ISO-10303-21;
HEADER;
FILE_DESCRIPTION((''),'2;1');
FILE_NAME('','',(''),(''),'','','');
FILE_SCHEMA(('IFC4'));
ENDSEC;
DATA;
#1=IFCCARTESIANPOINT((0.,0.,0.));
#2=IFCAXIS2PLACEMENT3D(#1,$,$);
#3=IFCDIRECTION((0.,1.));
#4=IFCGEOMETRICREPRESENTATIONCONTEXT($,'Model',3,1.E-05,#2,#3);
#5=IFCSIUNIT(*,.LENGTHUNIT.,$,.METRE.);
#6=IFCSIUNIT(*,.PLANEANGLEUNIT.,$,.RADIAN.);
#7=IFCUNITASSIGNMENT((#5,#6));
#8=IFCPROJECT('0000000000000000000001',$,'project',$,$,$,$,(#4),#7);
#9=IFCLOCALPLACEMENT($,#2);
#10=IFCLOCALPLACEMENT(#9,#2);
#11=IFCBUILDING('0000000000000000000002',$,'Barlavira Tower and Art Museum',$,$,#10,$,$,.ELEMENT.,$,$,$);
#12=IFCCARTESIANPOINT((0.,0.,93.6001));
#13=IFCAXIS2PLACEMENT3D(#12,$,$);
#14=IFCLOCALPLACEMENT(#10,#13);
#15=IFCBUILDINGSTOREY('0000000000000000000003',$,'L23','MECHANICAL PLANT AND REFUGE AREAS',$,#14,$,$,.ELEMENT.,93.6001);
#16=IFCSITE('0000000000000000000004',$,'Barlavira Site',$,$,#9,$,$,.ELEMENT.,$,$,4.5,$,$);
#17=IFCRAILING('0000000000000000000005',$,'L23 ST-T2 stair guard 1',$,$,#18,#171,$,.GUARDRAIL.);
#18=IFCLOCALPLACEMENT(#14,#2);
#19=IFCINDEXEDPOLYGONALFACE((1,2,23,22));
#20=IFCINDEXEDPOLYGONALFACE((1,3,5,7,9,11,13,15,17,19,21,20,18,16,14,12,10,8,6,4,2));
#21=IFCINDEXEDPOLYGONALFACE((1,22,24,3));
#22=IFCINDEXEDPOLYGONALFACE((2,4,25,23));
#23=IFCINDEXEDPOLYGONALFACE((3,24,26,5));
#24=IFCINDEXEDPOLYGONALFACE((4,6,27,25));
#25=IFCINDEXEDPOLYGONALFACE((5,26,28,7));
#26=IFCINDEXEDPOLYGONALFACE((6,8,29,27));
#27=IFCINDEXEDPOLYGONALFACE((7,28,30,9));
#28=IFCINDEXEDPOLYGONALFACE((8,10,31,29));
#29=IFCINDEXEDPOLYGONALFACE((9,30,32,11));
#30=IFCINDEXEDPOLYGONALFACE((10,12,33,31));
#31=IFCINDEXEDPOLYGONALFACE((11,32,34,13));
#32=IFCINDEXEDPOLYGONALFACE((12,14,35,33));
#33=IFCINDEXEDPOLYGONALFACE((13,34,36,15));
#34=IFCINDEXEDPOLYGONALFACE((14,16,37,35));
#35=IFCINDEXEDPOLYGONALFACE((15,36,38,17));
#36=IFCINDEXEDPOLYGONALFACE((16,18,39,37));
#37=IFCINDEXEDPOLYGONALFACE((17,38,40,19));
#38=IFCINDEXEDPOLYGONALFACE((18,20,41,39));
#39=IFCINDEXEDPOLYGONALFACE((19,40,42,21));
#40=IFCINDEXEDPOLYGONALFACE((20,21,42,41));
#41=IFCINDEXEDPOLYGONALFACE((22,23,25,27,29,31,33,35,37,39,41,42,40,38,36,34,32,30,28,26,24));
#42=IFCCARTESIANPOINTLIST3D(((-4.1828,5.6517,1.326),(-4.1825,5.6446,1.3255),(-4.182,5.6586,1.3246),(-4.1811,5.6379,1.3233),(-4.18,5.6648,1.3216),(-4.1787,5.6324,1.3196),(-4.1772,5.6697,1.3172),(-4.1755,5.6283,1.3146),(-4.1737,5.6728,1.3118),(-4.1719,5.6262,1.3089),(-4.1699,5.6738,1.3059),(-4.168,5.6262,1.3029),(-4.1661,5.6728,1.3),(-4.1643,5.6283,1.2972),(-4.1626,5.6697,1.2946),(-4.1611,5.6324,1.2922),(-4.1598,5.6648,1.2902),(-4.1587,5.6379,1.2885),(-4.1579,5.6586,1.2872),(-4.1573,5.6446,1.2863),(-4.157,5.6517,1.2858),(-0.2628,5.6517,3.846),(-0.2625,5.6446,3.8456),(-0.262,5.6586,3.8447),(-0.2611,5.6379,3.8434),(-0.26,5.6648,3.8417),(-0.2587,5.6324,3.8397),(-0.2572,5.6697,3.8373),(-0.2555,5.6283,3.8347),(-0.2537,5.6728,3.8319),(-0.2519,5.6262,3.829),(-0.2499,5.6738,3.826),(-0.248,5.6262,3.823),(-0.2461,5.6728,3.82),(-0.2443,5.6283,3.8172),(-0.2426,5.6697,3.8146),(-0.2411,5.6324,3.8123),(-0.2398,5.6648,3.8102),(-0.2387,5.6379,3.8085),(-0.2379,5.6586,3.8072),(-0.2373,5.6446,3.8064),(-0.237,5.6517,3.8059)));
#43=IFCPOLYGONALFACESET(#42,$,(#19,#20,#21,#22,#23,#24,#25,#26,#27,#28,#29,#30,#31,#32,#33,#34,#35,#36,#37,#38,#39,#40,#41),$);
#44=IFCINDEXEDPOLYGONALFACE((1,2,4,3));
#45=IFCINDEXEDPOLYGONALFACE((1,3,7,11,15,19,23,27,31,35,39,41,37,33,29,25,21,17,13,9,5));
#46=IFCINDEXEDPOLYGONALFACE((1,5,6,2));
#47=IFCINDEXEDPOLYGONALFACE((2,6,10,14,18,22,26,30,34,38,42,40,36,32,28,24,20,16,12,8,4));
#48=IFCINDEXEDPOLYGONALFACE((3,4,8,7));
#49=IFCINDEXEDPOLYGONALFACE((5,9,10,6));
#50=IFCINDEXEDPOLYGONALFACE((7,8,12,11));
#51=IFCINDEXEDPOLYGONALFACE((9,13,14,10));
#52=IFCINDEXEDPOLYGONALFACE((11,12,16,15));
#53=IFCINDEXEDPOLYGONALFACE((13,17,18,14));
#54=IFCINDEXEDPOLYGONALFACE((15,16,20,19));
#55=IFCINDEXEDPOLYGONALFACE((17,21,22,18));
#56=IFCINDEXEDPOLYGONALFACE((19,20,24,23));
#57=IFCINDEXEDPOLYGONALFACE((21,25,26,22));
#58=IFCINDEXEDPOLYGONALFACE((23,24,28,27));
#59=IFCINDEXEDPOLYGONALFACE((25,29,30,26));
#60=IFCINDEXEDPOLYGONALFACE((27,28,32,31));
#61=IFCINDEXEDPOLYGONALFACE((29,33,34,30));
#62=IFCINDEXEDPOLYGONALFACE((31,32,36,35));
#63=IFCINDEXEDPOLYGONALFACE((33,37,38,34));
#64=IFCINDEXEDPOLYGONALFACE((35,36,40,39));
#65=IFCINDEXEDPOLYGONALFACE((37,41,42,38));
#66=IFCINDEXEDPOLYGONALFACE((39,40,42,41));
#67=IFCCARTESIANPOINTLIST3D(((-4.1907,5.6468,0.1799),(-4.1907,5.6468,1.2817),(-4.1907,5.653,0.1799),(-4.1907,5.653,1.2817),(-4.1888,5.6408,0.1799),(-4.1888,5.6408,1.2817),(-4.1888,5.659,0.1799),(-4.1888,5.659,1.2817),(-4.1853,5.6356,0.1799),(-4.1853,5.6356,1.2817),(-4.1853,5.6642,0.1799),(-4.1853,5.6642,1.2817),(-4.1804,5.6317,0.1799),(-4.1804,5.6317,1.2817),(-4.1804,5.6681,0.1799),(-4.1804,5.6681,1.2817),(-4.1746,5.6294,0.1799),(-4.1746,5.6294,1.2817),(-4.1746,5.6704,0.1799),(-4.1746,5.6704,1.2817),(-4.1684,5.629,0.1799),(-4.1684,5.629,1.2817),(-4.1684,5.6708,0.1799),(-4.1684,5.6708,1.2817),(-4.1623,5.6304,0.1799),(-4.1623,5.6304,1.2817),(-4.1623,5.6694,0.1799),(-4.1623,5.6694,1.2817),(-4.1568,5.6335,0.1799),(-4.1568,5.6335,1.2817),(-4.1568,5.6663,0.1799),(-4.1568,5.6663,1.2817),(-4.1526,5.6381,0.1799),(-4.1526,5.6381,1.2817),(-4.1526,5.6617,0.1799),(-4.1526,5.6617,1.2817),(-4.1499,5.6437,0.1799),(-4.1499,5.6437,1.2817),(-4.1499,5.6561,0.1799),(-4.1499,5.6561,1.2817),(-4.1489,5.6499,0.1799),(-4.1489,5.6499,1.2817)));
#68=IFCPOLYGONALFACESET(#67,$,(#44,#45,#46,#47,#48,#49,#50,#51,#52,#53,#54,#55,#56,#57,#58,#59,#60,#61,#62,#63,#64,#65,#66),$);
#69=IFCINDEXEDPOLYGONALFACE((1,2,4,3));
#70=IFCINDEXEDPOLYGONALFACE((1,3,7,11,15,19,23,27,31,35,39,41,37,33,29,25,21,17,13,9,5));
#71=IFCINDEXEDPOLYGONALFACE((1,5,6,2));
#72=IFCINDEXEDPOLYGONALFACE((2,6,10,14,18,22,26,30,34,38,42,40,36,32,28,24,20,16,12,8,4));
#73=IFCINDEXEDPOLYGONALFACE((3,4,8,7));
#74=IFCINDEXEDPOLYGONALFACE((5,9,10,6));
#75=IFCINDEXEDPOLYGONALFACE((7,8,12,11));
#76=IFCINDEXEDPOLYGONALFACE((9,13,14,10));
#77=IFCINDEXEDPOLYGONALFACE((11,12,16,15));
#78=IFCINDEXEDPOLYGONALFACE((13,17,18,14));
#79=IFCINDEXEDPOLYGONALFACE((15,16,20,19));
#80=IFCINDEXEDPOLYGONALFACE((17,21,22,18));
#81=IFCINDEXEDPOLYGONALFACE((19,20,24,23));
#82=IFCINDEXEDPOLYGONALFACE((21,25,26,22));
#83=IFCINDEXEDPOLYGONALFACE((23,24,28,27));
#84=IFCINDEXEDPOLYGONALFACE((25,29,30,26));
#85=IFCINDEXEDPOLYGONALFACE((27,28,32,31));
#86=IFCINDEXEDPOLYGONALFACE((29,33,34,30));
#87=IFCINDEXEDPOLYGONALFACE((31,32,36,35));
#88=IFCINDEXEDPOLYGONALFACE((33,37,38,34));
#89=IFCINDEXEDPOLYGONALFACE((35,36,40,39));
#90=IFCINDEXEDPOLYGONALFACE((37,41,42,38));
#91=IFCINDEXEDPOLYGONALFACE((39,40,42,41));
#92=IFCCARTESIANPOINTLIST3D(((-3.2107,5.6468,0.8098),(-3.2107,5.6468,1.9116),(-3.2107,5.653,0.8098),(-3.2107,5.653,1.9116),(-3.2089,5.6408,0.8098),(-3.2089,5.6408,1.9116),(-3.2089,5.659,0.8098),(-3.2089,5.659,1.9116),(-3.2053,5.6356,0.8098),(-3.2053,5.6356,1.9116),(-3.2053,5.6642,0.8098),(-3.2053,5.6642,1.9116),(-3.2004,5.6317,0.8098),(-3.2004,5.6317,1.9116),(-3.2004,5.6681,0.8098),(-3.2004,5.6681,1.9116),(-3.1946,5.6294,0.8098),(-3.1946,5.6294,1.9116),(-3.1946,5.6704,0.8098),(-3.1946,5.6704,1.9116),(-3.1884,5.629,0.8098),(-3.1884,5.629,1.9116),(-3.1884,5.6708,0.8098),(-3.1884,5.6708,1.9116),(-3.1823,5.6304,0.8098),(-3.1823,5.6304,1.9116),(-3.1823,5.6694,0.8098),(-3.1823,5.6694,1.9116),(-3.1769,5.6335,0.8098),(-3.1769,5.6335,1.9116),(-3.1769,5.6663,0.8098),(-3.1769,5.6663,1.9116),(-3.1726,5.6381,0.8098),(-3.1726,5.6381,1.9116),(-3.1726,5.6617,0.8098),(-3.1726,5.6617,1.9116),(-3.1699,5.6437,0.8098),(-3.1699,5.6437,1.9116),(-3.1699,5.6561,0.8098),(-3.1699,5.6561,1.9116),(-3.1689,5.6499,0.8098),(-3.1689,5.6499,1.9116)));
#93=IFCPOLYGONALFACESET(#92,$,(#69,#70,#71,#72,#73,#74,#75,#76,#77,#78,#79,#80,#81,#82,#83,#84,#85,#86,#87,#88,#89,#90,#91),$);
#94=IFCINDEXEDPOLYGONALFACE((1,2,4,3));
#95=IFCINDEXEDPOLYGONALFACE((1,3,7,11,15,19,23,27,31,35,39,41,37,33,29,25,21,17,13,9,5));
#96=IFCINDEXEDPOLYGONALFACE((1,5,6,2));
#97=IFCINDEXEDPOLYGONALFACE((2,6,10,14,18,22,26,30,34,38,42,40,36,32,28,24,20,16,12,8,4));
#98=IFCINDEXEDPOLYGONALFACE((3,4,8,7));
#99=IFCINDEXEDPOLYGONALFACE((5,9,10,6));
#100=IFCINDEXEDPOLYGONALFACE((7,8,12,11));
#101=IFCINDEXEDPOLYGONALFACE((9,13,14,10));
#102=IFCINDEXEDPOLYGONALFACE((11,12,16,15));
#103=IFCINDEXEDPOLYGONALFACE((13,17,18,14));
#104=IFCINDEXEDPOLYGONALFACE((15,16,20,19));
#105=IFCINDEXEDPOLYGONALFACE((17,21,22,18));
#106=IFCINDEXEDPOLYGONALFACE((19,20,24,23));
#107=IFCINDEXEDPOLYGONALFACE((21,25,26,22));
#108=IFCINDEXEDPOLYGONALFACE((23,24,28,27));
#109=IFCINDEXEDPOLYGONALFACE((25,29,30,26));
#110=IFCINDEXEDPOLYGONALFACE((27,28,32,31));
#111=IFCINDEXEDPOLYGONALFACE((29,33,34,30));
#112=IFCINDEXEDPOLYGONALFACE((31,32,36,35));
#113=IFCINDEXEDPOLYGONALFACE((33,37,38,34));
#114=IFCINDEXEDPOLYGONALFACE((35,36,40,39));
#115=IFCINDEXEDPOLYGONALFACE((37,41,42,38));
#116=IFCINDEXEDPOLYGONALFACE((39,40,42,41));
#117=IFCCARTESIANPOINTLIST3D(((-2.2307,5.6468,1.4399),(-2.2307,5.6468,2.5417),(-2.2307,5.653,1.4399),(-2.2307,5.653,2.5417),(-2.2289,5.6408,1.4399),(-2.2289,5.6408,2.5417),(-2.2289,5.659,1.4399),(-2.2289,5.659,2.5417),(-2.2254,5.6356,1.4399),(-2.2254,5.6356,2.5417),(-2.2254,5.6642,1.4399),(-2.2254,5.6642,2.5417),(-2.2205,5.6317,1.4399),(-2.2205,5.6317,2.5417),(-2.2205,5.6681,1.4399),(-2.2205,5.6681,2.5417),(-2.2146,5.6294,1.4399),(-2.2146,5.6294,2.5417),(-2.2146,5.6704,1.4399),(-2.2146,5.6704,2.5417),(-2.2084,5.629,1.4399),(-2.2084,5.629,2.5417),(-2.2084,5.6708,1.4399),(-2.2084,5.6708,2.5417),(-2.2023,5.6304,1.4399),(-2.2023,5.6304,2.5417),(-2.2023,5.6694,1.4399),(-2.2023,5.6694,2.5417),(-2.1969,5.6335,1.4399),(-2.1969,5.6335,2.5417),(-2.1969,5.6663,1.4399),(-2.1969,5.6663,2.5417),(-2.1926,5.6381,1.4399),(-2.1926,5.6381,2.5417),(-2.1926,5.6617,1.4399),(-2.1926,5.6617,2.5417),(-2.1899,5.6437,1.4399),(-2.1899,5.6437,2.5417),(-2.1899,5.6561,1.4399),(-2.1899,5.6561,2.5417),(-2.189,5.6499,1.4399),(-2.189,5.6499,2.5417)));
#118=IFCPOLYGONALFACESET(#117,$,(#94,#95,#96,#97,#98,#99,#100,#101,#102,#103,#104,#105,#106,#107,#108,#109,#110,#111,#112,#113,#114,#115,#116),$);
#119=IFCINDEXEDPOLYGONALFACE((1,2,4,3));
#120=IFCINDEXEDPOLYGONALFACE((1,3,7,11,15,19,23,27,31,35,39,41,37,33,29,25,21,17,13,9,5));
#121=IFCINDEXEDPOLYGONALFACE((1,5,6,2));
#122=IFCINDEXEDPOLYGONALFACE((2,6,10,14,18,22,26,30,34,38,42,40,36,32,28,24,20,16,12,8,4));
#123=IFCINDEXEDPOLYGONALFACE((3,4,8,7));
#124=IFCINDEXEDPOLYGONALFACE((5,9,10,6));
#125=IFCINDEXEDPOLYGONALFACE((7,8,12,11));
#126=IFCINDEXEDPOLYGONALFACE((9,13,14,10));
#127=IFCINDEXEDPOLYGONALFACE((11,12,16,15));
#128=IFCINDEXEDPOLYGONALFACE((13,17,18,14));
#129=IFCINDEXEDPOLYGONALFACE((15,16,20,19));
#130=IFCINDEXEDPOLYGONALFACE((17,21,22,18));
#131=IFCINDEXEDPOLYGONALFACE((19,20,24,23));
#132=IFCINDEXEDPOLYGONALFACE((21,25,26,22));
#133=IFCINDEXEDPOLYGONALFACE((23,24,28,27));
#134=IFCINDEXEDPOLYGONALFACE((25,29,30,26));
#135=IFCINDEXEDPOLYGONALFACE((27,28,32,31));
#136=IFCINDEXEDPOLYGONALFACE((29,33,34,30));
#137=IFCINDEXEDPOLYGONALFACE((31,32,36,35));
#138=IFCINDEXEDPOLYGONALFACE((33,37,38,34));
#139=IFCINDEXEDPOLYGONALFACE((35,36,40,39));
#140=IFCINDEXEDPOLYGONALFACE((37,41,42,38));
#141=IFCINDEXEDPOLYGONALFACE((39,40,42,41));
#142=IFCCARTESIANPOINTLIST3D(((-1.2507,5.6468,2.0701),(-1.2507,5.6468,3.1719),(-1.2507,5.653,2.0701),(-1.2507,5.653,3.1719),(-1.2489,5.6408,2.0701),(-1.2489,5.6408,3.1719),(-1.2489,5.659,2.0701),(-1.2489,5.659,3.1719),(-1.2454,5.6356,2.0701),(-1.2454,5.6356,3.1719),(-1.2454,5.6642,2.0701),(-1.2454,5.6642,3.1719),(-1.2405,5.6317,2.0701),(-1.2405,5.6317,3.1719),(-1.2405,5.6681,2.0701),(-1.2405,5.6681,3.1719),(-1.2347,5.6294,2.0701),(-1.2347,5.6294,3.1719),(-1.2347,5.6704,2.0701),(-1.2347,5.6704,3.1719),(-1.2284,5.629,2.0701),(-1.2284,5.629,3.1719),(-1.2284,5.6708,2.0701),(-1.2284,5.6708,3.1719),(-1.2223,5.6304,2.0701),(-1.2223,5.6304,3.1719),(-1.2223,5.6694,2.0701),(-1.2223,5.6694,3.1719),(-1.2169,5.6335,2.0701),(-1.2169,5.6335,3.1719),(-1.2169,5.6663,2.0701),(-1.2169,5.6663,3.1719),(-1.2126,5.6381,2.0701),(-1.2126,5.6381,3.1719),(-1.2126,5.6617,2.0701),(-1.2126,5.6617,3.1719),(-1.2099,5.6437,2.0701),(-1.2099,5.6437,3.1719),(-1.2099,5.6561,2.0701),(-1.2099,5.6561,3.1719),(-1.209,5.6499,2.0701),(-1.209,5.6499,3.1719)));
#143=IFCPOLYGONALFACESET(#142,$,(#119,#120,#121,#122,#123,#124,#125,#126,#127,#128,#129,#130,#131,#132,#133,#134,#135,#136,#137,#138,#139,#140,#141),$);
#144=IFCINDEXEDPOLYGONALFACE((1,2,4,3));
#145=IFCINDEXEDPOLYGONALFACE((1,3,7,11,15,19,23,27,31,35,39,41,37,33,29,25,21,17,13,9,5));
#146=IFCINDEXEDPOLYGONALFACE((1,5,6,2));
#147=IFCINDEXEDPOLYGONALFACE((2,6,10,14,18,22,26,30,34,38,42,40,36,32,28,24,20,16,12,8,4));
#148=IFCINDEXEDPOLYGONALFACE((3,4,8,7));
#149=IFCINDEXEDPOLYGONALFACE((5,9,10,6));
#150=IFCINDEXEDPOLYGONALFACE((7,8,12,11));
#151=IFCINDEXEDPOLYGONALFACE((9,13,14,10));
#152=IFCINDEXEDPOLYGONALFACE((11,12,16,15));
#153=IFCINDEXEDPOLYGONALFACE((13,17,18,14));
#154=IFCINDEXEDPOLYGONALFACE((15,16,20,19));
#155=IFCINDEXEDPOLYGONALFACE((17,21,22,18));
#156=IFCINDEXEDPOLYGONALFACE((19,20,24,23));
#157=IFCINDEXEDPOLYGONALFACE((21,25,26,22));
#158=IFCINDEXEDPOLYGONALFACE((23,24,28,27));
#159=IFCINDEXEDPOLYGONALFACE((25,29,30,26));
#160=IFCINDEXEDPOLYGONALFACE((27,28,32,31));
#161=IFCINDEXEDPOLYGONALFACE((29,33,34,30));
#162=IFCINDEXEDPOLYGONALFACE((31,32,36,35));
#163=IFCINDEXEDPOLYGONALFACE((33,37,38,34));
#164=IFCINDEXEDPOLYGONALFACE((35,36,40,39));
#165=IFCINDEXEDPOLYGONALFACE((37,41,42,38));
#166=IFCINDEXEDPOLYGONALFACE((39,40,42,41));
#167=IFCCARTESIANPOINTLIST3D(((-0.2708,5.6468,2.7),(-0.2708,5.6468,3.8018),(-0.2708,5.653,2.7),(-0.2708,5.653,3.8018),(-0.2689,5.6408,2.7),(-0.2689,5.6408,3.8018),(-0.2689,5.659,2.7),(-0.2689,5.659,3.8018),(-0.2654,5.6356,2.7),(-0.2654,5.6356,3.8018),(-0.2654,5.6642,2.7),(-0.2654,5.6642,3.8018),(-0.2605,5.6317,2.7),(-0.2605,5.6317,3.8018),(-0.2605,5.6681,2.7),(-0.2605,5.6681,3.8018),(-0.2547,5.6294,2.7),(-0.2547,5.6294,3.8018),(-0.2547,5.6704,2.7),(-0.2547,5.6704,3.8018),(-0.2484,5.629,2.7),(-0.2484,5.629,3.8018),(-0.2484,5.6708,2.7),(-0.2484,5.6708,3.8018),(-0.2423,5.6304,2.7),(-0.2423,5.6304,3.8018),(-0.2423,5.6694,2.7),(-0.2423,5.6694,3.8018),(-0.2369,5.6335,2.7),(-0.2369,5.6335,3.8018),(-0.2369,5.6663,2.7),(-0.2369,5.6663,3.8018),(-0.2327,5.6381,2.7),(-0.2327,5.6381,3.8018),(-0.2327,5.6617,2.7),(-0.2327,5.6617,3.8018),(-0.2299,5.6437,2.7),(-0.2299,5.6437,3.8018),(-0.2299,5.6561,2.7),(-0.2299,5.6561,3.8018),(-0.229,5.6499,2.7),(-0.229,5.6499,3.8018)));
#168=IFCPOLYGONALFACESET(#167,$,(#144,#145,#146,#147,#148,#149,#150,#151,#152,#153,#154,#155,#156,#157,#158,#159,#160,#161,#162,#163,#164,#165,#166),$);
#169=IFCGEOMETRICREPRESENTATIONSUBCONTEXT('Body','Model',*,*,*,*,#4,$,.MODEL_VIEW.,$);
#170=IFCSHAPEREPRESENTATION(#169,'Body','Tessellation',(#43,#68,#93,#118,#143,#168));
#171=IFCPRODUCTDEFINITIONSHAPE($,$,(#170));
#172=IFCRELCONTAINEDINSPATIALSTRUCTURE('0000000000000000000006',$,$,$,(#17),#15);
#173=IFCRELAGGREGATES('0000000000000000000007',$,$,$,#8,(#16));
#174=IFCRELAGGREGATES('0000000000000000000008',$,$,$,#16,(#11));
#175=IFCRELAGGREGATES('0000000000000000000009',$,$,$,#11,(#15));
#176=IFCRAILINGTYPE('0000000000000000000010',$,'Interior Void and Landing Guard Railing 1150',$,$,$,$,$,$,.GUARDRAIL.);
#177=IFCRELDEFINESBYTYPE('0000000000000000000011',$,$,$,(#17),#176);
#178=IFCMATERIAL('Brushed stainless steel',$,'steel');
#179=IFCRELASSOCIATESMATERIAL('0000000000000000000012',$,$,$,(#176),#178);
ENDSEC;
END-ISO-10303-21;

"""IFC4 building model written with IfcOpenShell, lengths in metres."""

from ifc_helpers import new_model, si_unit, direction, frame, origin, origin_2d, place, context, subcontext, project, spatial, circle, extrude, material, type_object, element, save


model = new_model("IFC4")

# Units and contexts
model_context = context("Model", 3, precision=1e-05, world=origin(), true_north=direction((0.0, 1.0)))
body_context = subcontext(model_context, "Body", "Model", "MODEL_VIEW")
ifc_project = project(units=[si_unit("LENGTHUNIT", "METRE"), si_unit("PLANEANGLEUNIT", "RADIAN")], contexts=[model_context])

# Site, building, storey
site_placement = place(None, origin())
site = spatial("IfcSite", under=ifc_project, at=site_placement, Name="Barlavira Site", CompositionType="ELEMENT", RefElevation=4.5)
building_placement = place(site_placement, origin())
building = spatial("IfcBuilding", under=site, at=building_placement, Name="Barlavira Tower and Art Museum", CompositionType="ELEMENT")
storey_placement = place(building_placement, frame((0.0, 0.0, 93.6001)))
storey = spatial("IfcBuildingStorey", under=building, at=storey_placement, Name="L23", Description="MECHANICAL PLANT AND REFUGE AREAS", CompositionType="ELEMENT", Elevation=93.6001)

# Shared definitions
ifc_material_1 = material(Name="Brushed stainless steel", Category="steel")

# Railing
railing_type_1 = type_object("IfcRailingType", Name="Interior Void and Landing Guard Railing 1150", PredefinedType="GUARDRAIL", material=ifc_material_1)
railing_1_placement = place(storey_placement, frame((-4.1699, 5.6499, 0.1799)))
element("IfcRailing", 1, at=railing_1_placement, inside=storey, type_object=railing_type_1, Name="L23 ST-T2 stair guard 1", PredefinedType="GUARDRAIL", context=body_context, shape_type="SweptSolid", body=[
    extrude(circle(Radius=0.0239, at=origin_2d()), frame((0.0, 0.0, 1.126), z_axis=(0.841172, 0.0, 0.540768), x_axis=(0.0, 1.0, 0.0)), (0.0, 0.0, 1.0), 4.6602),
    extrude(circle(Radius=0.021, at=origin_2d()), origin(), (0.0, 0.0, 1.0), 1.1018),
    extrude(circle(Radius=0.021, at=origin_2d()), frame((0.98, 0.0, 0.6299)), (0.0, 0.0, 1.0), 1.1018),
    extrude(circle(Radius=0.021, at=origin_2d()), frame((1.96, 0.0, 1.26)), (0.0, 0.0, 1.0), 1.1018),
    extrude(circle(Radius=0.021, at=origin_2d()), frame((2.9399, 0.0, 1.8901)), (0.0, 0.0, 1.0), 1.1018),
    extrude(circle(Radius=0.021, at=origin_2d()), frame((3.9199, 0.0, 2.52)), (0.0, 0.0, 1.0), 1.1018),
])

save(model, "model.ifc")
